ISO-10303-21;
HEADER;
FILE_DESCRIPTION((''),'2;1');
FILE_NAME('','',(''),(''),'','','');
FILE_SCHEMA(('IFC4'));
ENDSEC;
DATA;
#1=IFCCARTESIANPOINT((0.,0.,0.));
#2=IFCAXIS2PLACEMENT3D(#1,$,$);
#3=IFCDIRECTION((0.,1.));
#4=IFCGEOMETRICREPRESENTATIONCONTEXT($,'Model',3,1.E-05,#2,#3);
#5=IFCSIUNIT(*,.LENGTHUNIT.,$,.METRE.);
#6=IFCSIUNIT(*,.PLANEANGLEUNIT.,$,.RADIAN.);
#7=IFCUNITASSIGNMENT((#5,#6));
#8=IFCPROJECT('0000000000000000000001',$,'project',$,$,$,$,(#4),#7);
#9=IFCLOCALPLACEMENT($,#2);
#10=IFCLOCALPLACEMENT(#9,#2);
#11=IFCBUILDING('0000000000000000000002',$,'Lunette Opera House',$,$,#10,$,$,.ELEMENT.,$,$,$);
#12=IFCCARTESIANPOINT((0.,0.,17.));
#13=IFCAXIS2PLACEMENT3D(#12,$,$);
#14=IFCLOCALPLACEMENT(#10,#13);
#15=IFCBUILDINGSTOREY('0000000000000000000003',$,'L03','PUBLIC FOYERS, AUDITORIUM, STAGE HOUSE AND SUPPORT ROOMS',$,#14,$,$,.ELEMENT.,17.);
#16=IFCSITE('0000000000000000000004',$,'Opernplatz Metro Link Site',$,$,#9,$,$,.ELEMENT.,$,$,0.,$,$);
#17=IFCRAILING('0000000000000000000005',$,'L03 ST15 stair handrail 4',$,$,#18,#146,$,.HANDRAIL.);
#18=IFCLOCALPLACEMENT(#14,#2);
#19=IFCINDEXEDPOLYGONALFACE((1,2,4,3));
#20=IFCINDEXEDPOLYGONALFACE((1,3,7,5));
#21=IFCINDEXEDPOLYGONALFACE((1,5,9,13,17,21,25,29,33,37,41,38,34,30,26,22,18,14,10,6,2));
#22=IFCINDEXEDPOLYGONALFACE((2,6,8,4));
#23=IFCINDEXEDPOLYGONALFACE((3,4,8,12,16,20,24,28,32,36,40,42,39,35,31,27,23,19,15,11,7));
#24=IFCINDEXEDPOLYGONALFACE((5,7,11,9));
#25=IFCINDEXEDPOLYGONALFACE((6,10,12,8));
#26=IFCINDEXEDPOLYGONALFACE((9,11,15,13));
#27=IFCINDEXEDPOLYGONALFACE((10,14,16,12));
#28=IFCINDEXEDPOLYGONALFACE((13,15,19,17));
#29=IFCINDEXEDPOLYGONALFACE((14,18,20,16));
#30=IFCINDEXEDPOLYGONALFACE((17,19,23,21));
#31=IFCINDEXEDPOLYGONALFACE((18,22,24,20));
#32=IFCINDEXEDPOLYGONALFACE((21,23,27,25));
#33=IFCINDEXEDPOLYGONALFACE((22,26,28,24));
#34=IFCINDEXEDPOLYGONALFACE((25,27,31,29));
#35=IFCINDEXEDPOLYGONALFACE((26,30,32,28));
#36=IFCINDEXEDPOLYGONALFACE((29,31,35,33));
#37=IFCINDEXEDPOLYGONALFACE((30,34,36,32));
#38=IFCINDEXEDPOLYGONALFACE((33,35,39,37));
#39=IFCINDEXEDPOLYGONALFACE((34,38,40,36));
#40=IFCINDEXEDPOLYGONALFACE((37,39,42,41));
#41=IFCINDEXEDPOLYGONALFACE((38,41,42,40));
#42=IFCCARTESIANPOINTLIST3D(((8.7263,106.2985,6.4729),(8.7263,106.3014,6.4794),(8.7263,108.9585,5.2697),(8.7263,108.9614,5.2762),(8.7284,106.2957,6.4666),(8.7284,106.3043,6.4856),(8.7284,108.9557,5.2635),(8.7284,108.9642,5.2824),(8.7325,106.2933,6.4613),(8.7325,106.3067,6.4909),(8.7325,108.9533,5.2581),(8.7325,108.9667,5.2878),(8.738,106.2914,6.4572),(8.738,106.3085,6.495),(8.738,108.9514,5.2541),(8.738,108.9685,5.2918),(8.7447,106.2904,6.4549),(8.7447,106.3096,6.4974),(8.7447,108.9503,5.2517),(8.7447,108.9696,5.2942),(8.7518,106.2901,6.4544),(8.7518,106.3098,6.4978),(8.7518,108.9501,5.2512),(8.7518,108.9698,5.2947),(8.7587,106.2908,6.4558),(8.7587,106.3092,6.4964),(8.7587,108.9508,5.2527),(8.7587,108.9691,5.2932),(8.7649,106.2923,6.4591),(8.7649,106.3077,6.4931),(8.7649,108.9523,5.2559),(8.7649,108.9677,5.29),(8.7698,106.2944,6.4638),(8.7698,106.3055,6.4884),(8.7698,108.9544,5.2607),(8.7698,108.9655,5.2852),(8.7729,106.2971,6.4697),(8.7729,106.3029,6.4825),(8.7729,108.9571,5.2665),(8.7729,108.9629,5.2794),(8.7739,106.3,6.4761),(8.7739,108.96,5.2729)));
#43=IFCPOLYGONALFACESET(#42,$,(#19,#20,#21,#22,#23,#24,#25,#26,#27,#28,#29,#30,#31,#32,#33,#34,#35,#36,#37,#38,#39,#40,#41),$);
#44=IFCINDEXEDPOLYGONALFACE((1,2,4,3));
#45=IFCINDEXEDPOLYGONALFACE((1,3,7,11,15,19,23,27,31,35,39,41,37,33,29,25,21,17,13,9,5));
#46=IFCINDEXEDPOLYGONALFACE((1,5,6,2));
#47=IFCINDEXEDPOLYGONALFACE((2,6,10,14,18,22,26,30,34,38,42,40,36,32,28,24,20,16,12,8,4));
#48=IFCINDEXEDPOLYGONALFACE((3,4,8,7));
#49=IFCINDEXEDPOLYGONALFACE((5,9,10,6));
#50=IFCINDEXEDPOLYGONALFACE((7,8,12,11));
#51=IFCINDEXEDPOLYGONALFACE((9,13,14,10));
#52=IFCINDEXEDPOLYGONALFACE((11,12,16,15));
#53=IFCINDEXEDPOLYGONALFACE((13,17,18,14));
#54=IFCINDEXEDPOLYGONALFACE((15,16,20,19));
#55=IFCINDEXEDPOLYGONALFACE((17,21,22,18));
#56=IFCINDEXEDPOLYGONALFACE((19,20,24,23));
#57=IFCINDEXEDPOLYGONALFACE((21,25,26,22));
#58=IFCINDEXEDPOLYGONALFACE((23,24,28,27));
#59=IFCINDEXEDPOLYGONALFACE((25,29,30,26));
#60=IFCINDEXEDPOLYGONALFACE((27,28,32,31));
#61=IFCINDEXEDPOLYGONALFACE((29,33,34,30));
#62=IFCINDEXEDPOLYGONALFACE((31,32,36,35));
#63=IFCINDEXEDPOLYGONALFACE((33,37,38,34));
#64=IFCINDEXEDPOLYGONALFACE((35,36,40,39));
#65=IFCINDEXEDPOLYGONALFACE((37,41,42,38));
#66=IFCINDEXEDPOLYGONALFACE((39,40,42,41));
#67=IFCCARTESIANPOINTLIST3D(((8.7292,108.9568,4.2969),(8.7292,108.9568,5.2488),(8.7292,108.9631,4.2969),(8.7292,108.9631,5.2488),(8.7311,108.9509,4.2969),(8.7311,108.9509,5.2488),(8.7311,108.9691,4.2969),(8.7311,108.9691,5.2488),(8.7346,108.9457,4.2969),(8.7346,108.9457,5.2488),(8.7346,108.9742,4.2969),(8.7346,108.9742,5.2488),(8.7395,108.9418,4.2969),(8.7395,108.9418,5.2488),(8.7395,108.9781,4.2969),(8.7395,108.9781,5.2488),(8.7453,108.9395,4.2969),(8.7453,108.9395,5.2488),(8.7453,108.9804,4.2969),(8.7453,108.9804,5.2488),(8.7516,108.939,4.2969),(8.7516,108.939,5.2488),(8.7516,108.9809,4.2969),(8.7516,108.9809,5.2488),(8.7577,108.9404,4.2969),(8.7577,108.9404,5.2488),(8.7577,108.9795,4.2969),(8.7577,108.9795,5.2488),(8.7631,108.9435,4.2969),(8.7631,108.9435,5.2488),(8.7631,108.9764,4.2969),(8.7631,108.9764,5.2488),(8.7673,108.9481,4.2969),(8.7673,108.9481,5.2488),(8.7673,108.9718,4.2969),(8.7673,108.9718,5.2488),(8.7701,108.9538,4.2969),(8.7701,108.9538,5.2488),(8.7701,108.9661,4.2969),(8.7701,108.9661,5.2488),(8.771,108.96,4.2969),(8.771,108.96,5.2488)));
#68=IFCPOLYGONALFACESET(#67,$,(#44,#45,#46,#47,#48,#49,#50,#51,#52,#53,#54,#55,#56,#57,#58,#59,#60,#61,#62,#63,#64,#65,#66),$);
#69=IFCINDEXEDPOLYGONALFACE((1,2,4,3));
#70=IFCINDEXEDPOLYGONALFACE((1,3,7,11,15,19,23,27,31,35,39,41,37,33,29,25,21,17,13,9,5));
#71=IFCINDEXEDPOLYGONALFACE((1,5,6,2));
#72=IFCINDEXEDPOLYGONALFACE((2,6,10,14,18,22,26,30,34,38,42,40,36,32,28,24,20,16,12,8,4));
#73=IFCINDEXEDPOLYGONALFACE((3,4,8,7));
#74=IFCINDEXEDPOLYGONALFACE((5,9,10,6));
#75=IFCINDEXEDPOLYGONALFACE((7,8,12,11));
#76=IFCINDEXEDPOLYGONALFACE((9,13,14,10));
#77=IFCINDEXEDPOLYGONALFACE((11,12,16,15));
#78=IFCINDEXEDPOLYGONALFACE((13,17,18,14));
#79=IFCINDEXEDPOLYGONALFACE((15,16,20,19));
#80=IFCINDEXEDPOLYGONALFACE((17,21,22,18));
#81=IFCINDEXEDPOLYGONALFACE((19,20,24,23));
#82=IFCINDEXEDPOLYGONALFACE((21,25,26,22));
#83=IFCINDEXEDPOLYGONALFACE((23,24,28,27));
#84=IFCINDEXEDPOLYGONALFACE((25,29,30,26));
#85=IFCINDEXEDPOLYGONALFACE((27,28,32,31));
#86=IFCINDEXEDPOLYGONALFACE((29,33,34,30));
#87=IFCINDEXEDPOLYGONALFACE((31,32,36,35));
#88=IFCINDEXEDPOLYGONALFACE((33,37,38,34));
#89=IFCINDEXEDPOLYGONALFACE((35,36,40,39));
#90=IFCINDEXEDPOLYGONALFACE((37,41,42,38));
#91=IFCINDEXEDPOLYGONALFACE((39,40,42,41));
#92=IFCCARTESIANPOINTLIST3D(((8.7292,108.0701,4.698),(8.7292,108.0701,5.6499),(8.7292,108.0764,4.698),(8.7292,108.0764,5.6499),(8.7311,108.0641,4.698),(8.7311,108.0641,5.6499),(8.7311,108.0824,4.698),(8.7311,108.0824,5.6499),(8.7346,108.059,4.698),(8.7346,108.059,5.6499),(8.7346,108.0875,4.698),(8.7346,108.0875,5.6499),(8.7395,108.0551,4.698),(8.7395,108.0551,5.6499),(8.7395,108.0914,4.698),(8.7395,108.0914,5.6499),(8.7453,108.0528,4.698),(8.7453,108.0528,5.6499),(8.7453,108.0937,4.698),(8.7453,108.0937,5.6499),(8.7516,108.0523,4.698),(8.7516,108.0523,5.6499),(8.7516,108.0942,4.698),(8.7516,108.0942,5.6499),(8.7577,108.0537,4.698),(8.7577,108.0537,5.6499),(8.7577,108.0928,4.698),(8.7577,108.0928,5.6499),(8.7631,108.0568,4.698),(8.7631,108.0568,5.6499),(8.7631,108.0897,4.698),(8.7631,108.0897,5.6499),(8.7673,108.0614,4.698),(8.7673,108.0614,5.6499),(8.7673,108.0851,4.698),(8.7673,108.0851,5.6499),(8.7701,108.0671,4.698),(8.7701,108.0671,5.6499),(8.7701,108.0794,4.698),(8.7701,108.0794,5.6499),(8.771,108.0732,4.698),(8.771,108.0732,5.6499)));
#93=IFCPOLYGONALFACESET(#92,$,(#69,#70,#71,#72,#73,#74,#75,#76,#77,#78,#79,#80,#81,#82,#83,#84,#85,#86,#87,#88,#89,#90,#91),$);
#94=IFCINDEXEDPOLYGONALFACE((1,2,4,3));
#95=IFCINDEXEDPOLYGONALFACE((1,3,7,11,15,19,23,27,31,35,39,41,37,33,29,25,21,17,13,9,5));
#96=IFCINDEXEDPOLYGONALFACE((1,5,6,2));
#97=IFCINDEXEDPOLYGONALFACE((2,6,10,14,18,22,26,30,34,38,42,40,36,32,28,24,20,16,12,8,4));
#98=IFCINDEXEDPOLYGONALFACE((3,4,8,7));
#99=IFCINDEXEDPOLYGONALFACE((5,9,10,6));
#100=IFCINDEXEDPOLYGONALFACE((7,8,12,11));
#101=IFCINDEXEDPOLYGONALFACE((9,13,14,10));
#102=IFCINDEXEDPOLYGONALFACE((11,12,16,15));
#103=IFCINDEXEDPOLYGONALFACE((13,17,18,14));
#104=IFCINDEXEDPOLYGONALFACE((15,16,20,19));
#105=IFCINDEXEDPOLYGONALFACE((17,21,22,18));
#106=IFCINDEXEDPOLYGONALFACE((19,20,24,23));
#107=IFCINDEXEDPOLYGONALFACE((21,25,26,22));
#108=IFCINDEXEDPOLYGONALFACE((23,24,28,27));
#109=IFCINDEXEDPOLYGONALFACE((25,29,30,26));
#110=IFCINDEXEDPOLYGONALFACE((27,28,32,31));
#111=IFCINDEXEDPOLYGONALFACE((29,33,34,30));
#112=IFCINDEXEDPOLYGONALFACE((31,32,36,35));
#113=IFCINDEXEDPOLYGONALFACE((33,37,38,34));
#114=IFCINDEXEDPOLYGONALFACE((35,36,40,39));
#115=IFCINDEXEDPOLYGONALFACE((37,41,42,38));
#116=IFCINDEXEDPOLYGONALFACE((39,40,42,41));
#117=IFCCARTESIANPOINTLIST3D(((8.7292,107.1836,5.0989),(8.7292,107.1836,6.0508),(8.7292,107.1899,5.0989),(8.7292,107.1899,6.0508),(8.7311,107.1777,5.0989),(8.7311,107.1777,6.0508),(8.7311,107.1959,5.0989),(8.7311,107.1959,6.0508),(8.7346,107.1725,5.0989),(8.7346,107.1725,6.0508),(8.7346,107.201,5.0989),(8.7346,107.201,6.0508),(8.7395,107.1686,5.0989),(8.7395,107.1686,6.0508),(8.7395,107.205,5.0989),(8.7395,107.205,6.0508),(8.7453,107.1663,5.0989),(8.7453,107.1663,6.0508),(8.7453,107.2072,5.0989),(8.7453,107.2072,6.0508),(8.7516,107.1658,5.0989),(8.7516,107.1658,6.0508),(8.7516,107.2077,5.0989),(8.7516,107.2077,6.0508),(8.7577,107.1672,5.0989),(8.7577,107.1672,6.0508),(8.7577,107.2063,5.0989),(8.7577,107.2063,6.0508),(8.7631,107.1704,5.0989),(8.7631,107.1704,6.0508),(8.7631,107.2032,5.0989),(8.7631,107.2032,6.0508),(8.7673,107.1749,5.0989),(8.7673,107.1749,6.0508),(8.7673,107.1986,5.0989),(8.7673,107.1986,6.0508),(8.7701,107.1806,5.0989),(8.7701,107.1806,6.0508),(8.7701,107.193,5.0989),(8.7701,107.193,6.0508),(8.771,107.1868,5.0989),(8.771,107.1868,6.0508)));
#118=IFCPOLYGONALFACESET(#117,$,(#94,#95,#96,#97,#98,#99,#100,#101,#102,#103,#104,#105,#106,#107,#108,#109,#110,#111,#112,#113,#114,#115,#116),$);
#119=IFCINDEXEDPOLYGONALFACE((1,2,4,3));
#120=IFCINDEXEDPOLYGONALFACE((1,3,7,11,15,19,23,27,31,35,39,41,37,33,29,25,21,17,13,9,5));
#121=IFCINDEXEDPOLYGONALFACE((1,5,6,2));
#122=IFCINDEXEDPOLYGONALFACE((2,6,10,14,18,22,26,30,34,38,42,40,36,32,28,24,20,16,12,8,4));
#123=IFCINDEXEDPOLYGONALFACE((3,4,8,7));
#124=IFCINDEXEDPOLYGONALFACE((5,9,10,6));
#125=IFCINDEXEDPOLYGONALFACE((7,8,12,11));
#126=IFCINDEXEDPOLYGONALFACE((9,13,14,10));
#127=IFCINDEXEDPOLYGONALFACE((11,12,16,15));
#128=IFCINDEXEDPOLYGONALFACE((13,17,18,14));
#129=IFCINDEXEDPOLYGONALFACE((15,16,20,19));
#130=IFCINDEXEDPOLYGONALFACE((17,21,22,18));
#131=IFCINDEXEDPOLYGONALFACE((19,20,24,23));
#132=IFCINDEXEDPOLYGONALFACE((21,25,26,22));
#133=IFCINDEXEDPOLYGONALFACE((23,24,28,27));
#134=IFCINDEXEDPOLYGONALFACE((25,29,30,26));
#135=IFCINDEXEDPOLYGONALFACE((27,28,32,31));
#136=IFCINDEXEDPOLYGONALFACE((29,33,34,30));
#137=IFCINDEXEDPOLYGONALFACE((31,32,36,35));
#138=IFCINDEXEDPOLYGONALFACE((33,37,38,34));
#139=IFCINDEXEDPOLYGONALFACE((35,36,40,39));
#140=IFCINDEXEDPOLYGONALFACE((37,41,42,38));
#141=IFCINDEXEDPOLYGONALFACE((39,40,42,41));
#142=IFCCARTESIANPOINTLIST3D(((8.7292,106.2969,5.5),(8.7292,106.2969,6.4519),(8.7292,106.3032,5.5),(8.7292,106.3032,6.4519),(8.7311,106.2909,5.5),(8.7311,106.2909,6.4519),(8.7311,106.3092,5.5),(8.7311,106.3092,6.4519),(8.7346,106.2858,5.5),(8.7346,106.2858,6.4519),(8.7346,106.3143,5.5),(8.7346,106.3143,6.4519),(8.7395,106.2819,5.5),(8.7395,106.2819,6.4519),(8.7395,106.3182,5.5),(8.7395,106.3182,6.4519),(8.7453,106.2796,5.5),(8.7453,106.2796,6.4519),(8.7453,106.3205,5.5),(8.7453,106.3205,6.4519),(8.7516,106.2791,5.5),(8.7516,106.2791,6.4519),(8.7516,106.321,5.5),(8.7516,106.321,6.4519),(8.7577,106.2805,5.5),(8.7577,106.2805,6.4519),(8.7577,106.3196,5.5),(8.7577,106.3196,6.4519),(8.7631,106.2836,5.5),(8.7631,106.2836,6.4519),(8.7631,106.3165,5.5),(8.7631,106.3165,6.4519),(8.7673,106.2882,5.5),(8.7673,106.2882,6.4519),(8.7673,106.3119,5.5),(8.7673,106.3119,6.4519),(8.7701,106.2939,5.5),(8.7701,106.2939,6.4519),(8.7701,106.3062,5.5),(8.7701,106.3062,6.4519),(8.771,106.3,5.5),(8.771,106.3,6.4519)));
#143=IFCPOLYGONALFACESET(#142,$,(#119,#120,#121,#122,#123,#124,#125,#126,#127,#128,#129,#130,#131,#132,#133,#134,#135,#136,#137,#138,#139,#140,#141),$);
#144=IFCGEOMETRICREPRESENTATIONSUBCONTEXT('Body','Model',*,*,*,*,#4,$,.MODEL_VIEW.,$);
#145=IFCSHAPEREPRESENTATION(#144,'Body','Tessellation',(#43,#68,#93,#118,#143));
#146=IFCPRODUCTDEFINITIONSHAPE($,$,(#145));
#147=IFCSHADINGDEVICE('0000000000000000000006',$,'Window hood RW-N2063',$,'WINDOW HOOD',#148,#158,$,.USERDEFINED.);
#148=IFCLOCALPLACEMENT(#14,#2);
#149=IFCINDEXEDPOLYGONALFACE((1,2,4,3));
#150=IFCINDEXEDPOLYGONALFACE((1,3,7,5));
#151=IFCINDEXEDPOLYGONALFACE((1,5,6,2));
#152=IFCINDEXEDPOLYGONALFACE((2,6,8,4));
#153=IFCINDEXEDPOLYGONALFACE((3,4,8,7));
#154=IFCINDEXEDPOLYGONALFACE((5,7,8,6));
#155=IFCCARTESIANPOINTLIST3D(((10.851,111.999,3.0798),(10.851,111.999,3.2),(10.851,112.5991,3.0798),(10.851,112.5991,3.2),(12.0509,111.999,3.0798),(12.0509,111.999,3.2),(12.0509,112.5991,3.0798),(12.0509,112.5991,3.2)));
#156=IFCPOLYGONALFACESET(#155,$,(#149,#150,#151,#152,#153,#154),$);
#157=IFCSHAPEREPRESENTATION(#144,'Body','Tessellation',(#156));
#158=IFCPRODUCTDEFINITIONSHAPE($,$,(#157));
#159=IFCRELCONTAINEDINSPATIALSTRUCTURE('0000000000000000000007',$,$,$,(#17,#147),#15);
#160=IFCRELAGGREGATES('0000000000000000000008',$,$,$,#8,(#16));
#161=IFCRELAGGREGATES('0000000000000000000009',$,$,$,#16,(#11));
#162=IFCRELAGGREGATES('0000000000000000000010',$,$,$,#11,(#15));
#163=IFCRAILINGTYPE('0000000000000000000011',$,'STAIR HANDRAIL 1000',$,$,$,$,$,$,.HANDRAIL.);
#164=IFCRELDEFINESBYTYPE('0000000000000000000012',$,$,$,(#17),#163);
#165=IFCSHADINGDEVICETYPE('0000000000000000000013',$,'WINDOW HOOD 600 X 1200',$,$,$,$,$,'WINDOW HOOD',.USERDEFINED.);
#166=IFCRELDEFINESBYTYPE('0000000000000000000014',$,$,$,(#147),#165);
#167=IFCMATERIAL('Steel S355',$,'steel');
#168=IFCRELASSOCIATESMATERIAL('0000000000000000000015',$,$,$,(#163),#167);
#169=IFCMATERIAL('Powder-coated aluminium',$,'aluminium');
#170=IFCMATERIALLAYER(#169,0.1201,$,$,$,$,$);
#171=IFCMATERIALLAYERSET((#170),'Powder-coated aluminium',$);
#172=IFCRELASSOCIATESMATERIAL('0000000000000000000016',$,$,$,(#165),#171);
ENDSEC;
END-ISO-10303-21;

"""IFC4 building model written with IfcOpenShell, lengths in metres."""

from ifc_helpers import new_model, si_unit, direction, frame, origin, origin_2d, place, context, subcontext, project, spatial, rectangle, circle, extrude, material, layer, layer_set, type_object, element, save


model = new_model("IFC4")

# Units and contexts
model_context = context("Model", 3, precision=1e-05, world=origin(), true_north=direction((0.0, 1.0)))
body_context = subcontext(model_context, "Body", "Model", "MODEL_VIEW")
ifc_project = project(units=[si_unit("LENGTHUNIT", "METRE"), si_unit("PLANEANGLEUNIT", "RADIAN")], contexts=[model_context])

# Site, building, storey
site_placement = place(None, origin())
site = spatial("IfcSite", under=ifc_project, at=site_placement, Name="Opernplatz Metro Link Site", CompositionType="ELEMENT", RefElevation=0.0)
building_placement = place(site_placement, origin())
building = spatial("IfcBuilding", under=site, at=building_placement, Name="Lunette Opera House", CompositionType="ELEMENT")
storey_placement = place(building_placement, frame((0.0, 0.0, 17.0)))
storey = spatial("IfcBuildingStorey", under=building, at=storey_placement, Name="L03", Description="PUBLIC FOYERS, AUDITORIUM, STAGE HOUSE AND SUPPORT ROOMS", CompositionType="ELEMENT", Elevation=17.0)

# Railing
ifc_material_1 = material(Name="Steel S355", Category="steel")
railing_type_1 = type_object("IfcRailingType", Name="STAIR HANDRAIL 1000", PredefinedType="HANDRAIL", material=ifc_material_1)
railing_1_placement = place(storey_placement, frame((8.75, 108.96, 4.2969)))
element("IfcRailing", 1, at=railing_1_placement, inside=storey, type_object=railing_type_1, Name="L03 ST15 stair handrail 4", PredefinedType="HANDRAIL", context=body_context, shape_type="SweptSolid", body=[
    extrude(circle(Radius=0.0239, at=origin_2d()), frame((0.0, 0.0, 0.9761), z_axis=(0.0, -0.91113, 0.41212), x_axis=(1.0, 0.0, 0.0)), (0.0, 0.0, 1.0), 2.9194),
    extrude(circle(Radius=0.021, at=origin_2d()), origin(), (0.0, 0.0, 1.0), 0.9519),
    extrude(circle(Radius=0.021, at=origin_2d()), frame((0.0, -0.8867, 0.4011)), (0.0, 0.0, 1.0), 0.9519),
    extrude(circle(Radius=0.021, at=origin_2d()), frame((0.0, -1.7732, 0.802)), (0.0, 0.0, 1.0), 0.9519),
    extrude(circle(Radius=0.021, at=origin_2d()), frame((0.0, -2.6599, 1.2031)), (0.0, 0.0, 1.0), 0.9519),
])

# Shading device
ifc_material_2 = material(Name="Powder-coated aluminium", Category="aluminium")
ifc_layer_1 = layer(ifc_material_2, 0.1201)
ifc_layer_set_1 = layer_set([ifc_layer_1], Name="Powder-coated aluminium")
shading_device_type = type_object("IfcShadingDeviceType", Name="WINDOW HOOD 600 X 1200", ElementType="WINDOW HOOD", PredefinedType="USERDEFINED", material=ifc_layer_set_1)
shading_device_placement = place(storey_placement, frame((11.4509, 112.2991, 3.0798), z_axis=(0.0, 0.0, 1.0), x_axis=(0.0, 1.0, 0.0)))
element("IfcShadingDevice", 2, at=shading_device_placement, inside=storey, type_object=shading_device_type, Name="Window hood RW-N2063", ObjectType="WINDOW HOOD", PredefinedType="USERDEFINED", context=body_context, shape_type="SweptSolid", body=[
    extrude(rectangle(XDim=0.6001, YDim=1.2, at=origin_2d()), origin(), (0.0, 0.0, 1.0), 0.1201),
])

save(model, "model.ifc")
